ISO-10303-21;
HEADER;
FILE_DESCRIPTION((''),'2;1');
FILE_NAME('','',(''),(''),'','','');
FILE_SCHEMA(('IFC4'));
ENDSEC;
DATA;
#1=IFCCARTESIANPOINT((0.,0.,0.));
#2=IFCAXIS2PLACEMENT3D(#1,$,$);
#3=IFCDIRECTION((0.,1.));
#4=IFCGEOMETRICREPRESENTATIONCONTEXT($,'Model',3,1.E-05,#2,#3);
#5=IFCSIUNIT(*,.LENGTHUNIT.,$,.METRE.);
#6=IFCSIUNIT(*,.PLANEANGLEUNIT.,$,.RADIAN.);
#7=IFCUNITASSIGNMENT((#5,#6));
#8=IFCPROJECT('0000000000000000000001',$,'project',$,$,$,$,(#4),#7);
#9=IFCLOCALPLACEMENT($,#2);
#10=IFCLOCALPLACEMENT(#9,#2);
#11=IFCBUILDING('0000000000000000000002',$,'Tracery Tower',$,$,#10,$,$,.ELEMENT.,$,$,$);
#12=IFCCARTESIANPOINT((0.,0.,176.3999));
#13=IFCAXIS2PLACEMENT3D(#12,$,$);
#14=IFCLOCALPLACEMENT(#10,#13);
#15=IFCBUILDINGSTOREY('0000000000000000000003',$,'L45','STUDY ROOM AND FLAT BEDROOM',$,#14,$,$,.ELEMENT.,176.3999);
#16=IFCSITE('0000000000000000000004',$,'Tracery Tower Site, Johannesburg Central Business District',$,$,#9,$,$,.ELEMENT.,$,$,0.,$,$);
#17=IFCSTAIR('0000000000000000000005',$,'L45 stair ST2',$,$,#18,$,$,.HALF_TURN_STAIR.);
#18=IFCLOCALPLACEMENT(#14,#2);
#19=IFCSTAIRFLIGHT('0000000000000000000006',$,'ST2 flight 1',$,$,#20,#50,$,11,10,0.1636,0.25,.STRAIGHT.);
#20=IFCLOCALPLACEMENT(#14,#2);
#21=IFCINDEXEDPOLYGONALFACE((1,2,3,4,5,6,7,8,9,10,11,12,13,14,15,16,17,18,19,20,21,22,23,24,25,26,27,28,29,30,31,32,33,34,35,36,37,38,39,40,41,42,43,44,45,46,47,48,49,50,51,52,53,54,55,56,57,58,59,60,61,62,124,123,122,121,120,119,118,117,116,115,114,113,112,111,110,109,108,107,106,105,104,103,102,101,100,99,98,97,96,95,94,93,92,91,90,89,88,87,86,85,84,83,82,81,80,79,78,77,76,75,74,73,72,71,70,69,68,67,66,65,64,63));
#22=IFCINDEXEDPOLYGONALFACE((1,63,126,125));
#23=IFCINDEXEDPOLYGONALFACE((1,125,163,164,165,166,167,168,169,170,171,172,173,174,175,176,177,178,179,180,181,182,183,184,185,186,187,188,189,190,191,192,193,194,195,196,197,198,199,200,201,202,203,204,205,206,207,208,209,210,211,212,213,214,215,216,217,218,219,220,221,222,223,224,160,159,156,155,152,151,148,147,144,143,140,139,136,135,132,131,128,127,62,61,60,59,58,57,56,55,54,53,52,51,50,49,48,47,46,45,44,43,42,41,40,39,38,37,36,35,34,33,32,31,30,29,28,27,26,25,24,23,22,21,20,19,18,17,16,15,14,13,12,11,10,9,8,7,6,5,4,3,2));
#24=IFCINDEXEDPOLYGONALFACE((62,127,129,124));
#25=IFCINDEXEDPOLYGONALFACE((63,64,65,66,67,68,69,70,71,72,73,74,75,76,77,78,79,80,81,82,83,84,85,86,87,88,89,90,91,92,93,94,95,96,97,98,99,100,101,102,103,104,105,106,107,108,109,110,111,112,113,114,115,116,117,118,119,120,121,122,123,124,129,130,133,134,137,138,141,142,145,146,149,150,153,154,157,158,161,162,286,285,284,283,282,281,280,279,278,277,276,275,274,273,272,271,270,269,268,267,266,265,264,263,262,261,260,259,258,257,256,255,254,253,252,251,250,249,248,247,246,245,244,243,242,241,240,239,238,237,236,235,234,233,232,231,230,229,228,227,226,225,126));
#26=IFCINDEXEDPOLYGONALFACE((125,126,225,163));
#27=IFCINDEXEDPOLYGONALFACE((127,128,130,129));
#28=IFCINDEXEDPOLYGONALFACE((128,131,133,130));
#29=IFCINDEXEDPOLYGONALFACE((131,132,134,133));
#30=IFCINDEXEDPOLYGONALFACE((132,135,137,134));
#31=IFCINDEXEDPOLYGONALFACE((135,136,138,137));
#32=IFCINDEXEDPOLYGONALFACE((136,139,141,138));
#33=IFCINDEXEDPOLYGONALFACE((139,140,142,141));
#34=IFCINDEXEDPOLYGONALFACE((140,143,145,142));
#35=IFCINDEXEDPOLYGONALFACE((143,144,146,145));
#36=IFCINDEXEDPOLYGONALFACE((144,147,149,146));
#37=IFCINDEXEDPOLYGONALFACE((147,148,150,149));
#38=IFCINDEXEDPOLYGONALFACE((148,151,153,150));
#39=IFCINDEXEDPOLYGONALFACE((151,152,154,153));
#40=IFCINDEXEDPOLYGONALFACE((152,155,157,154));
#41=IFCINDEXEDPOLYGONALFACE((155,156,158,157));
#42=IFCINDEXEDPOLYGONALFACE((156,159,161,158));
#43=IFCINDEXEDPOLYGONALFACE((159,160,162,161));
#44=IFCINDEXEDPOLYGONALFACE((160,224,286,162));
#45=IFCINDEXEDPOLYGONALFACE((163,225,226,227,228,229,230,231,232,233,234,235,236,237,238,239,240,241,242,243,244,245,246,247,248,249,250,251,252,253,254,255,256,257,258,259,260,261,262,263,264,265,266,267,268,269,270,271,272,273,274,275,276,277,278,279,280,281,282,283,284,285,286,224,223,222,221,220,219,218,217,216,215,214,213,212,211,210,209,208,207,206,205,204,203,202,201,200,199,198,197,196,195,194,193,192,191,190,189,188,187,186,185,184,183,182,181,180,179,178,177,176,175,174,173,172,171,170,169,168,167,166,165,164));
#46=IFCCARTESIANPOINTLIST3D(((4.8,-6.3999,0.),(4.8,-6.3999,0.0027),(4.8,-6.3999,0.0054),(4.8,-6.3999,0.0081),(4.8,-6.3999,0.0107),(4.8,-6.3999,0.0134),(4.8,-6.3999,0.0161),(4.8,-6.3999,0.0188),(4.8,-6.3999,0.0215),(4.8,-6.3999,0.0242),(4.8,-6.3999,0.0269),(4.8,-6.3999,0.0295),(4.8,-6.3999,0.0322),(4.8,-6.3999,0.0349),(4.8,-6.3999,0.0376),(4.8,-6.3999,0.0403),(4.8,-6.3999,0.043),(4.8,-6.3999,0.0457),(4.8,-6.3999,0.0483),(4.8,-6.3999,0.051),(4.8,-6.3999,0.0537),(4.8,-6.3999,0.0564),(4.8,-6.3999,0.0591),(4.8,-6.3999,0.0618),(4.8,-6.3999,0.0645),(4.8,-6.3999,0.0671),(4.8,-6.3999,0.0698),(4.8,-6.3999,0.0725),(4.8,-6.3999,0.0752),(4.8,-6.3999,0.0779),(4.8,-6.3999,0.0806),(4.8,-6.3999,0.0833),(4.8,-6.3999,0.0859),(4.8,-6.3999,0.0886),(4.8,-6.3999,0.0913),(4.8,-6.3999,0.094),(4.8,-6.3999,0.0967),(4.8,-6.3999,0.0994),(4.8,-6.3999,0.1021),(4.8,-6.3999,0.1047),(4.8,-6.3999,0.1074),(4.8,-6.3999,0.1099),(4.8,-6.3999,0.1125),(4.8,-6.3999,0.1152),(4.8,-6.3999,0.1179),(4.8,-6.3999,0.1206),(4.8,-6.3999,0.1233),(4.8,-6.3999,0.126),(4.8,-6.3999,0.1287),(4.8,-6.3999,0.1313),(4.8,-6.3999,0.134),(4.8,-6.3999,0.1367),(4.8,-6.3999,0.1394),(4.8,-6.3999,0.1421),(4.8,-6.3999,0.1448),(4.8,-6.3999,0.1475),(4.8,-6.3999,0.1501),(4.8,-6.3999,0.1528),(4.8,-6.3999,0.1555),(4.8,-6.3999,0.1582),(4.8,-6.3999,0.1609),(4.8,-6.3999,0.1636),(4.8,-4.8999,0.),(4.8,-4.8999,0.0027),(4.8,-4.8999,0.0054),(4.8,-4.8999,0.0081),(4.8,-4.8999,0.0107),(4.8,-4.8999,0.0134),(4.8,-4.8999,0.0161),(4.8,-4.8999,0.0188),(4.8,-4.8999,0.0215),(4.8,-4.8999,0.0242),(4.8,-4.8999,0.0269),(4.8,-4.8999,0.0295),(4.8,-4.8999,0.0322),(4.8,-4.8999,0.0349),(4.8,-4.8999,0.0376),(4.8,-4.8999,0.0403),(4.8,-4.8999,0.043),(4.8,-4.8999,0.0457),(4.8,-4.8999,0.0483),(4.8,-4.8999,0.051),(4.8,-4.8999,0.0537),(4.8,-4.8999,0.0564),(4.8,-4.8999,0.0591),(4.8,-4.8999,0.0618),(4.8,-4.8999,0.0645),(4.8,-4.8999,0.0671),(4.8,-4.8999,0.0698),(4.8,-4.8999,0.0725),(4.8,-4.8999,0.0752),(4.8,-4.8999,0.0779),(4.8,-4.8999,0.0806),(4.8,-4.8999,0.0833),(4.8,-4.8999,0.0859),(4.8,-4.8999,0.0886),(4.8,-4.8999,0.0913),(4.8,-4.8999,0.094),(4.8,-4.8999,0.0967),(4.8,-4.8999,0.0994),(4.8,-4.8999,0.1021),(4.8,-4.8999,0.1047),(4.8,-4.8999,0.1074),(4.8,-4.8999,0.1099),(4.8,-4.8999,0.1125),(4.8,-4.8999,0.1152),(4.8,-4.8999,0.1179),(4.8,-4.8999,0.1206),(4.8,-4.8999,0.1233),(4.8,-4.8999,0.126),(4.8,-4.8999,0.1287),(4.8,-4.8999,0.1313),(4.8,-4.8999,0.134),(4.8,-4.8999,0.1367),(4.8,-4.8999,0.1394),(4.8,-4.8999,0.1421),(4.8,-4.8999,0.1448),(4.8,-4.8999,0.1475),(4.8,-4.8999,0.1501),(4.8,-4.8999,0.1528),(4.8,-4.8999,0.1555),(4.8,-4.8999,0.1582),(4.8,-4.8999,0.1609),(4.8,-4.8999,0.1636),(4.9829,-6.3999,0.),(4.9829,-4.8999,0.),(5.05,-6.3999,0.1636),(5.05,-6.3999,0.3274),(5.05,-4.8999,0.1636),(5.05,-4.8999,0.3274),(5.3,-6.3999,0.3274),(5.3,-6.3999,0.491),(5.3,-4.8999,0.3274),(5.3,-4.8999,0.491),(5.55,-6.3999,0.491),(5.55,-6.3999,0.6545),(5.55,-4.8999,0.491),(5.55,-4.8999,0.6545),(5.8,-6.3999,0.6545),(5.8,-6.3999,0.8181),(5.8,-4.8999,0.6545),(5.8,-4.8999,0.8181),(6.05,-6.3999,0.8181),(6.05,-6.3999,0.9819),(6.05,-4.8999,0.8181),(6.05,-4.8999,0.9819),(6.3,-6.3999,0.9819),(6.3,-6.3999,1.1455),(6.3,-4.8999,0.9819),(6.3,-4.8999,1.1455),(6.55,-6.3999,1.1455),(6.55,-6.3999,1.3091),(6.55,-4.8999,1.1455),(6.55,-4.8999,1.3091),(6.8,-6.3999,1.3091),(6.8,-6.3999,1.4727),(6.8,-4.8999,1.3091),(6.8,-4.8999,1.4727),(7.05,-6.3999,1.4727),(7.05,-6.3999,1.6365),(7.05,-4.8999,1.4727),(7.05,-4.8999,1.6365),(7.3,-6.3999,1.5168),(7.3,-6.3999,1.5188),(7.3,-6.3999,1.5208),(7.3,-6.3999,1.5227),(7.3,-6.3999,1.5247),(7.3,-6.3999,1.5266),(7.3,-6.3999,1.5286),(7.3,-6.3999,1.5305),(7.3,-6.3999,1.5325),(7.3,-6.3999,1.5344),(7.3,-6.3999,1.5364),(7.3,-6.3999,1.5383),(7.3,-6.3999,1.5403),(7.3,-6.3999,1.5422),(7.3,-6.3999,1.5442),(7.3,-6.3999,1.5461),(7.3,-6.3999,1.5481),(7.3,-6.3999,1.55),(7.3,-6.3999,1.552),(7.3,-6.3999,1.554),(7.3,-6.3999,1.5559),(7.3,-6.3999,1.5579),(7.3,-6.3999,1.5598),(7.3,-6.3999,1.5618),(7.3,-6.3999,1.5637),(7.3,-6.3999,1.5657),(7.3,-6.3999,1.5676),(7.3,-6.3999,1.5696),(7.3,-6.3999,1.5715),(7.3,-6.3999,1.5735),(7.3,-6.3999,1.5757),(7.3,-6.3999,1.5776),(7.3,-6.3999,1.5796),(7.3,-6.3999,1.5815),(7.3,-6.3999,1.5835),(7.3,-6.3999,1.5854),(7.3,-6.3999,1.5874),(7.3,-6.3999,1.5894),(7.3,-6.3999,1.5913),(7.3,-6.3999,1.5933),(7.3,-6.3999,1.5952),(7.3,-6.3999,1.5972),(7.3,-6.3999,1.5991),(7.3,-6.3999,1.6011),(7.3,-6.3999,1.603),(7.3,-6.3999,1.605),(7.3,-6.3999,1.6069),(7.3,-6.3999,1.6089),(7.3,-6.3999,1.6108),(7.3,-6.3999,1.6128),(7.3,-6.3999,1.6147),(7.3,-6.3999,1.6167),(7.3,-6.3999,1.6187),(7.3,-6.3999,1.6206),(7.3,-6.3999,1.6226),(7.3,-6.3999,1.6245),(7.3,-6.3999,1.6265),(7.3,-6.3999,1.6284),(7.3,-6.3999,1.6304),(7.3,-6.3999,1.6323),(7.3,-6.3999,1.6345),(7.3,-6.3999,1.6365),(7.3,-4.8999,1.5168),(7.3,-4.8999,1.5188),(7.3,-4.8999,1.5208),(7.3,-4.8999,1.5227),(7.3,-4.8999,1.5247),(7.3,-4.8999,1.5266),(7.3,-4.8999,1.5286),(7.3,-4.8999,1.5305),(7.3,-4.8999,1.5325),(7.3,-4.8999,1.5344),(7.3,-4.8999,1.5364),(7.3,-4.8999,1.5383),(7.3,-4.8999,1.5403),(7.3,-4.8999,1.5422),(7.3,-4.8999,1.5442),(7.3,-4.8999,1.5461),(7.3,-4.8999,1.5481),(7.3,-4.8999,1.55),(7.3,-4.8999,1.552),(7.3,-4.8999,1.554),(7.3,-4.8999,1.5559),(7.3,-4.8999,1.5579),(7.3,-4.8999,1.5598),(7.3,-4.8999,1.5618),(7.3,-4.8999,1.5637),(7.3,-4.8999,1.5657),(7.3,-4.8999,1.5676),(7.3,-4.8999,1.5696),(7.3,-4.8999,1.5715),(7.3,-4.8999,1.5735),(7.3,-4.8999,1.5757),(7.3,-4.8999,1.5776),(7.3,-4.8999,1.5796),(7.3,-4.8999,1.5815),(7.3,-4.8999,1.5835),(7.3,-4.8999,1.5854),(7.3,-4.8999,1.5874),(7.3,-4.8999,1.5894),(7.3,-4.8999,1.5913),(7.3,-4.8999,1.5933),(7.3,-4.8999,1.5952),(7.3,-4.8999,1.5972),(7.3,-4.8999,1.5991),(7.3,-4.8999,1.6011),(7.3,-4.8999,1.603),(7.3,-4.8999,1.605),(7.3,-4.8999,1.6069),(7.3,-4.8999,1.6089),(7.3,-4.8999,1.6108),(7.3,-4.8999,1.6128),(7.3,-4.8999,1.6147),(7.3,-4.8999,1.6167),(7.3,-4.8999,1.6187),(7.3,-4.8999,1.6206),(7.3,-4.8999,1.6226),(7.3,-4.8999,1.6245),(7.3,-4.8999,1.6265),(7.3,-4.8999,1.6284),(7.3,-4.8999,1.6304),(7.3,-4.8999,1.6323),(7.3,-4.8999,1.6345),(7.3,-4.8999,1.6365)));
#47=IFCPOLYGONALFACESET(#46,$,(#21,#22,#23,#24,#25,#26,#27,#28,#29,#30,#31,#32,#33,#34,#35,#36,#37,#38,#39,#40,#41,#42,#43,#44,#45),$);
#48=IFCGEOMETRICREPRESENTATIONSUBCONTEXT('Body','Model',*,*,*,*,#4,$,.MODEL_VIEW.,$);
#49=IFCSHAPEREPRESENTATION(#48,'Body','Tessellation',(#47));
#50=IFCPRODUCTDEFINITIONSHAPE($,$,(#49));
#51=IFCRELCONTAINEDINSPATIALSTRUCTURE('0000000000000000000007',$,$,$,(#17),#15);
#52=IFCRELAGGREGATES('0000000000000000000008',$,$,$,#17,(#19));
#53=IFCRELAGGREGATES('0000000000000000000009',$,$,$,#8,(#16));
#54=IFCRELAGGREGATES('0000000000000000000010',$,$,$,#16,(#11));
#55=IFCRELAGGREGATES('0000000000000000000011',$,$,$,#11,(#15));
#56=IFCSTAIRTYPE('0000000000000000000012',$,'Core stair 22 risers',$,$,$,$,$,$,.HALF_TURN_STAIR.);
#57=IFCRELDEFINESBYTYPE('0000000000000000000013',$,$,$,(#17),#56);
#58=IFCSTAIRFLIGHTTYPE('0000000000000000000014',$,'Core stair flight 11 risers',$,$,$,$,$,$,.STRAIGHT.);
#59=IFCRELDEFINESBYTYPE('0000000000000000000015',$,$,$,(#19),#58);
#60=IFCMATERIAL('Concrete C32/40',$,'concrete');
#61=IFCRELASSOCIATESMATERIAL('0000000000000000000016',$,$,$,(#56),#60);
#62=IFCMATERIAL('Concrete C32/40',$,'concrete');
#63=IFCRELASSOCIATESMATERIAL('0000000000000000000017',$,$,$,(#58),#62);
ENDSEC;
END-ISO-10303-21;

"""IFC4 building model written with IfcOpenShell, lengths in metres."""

from ifc_helpers import new_model, si_unit, direction, frame, origin, place, context, subcontext, project, spatial, polyline, outline, extrude, material, type_object, element, aggregate, save


model = new_model("IFC4")

# Units and contexts
model_context = context("Model", 3, precision=1e-05, world=origin(), true_north=direction((0.0, 1.0)))
body_context = subcontext(model_context, "Body", "Model", "MODEL_VIEW")
ifc_project = project(units=[si_unit("LENGTHUNIT", "METRE"), si_unit("PLANEANGLEUNIT", "RADIAN")], contexts=[model_context])

# Site, building, storey
site_placement = place(None, origin())
site = spatial("IfcSite", under=ifc_project, at=site_placement, Name="Tracery Tower Site, Johannesburg Central Business District", CompositionType="ELEMENT", RefElevation=0.0)
building_placement = place(site_placement, origin())
building = spatial("IfcBuilding", under=site, at=building_placement, Name="Tracery Tower", CompositionType="ELEMENT")
storey_placement = place(building_placement, frame((0.0, 0.0, 176.3999)))
storey = spatial("IfcBuildingStorey", under=building, at=storey_placement, Name="L45", Description="STUDY ROOM AND FLAT BEDROOM", CompositionType="ELEMENT", Elevation=176.3999)

# Shared definitions
ifc_material_1 = material(Name="Concrete C32/40", Category="concrete")
stair_type = type_object("IfcStairType", Name="Core stair 22 risers", PredefinedType="HALF_TURN_STAIR", material=ifc_material_1)

# Stair, stair flight
stair_1_placement = place(storey_placement, origin())
stair_1 = element("IfcStair", 1, at=stair_1_placement, inside=storey, type_object=stair_type, Name="L45 stair ST2", PredefinedType="HALF_TURN_STAIR")
ifc_material_2 = material(Name="Concrete C32/40", Category="concrete")
stair_flight_type = type_object("IfcStairFlightType", Name="Core stair flight 11 risers", PredefinedType="STRAIGHT", material=ifc_material_2)
stair_flight_1_placement = place(storey_placement, frame((4.8, -5.6499, 0.0), z_axis=(0.0, 0.0, 1.0), x_axis=(1.0, 0.0, 0.0)))
stair_flight_1 = element("IfcStairFlight", 2, at=stair_flight_1_placement, type_object=stair_flight_type, Name="ST2 flight 1", NumberOfRisers=11, NumberOfTreads=10, PredefinedType="STRAIGHT", RiserHeight=0.1636, TreadLength=0.25, context=body_context, shape_type="SweptSolid", body=[
    extrude(outline(polyline([(0.0, 0.0), (0.0, 0.0027), (0.0, 0.0054), (0.0, 0.0081), (0.0, 0.0107), (0.0, 0.0134), (0.0, 0.0161), (0.0, 0.0188), (0.0, 0.0215), (0.0, 0.0242), (0.0, 0.0269), (0.0, 0.0295), (0.0, 0.0322), (0.0, 0.0349), (0.0, 0.0376), (0.0, 0.0403), (0.0, 0.043), (0.0, 0.0457), (0.0, 0.0483), (0.0, 0.051), (0.0, 0.0537), (0.0, 0.0564), (0.0, 0.0591), (0.0, 0.0618), (0.0, 0.0645), (0.0, 0.0671), (0.0, 0.0698), (0.0, 0.0725), (0.0, 0.0752), (0.0, 0.0779), (0.0, 0.0806), (0.0, 0.0833), (0.0, 0.0859), (0.0, 0.0886), (0.0, 0.0913), (0.0, 0.094), (0.0, 0.0967), (0.0, 0.0994), (0.0, 0.1021), (0.0, 0.1047), (0.0, 0.1074), (0.0, 0.1099), (0.0, 0.1125), (0.0, 0.1152), (0.0, 0.1179), (0.0, 0.1206), (0.0, 0.1233), (0.0, 0.126), (0.0, 0.1287), (0.0, 0.1313), (0.0, 0.134), (0.0, 0.1367), (0.0, 0.1394), (0.0, 0.1421), (0.0, 0.1448), (0.0, 0.1475), (0.0, 0.1501), (0.0, 0.1528), (0.0, 0.1555), (0.0, 0.1582), (0.0, 0.1609), (0.0, 0.1636), (0.25, 0.1636), (0.25, 0.3274), (0.5, 0.3274), (0.5, 0.491), (0.75, 0.491), (0.75, 0.6545), (1.0, 0.6545), (1.0, 0.8181), (1.25, 0.8181), (1.25, 0.9819), (1.5, 0.9819), (1.5, 1.1455), (1.75, 1.1455), (1.75, 1.3091), (2.0, 1.3091), (2.0, 1.4727), (2.25, 1.4727), (2.25, 1.6365), (2.5, 1.6365), (2.5, 1.6345), (2.5, 1.6323), (2.5, 1.6304), (2.5, 1.6284), (2.5, 1.6265), (2.5, 1.6245), (2.5, 1.6226), (2.5, 1.6206), (2.5, 1.6187), (2.5, 1.6167), (2.5, 1.6147), (2.5, 1.6128), (2.5, 1.6108), (2.5, 1.6089), (2.5, 1.6069), (2.5, 1.605), (2.5, 1.603), (2.5, 1.6011), (2.5, 1.5991), (2.5, 1.5972), (2.5, 1.5952), (2.5, 1.5933), (2.5, 1.5913), (2.5, 1.5894), (2.5, 1.5874), (2.5, 1.5854), (2.5, 1.5835), (2.5, 1.5815), (2.5, 1.5796), (2.5, 1.5776), (2.5, 1.5757), (2.5, 1.5735), (2.5, 1.5715), (2.5, 1.5696), (2.5, 1.5676), (2.5, 1.5657), (2.5, 1.5637), (2.5, 1.5618), (2.5, 1.5598), (2.5, 1.5579), (2.5, 1.5559), (2.5, 1.554), (2.5, 1.552), (2.5, 1.55), (2.5, 1.5481), (2.5, 1.5461), (2.5, 1.5442), (2.5, 1.5422), (2.5, 1.5403), (2.5, 1.5383), (2.5, 1.5364), (2.5, 1.5344), (2.5, 1.5325), (2.5, 1.5305), (2.5, 1.5286), (2.5, 1.5266), (2.5, 1.5247), (2.5, 1.5227), (2.5, 1.5208), (2.5, 1.5188), (2.5, 1.5168), (0.1829, 0.0), (0.0, 0.0)])), frame((0.0, 0.75, 0.0), z_axis=(0.0, -1.0, 0.0), x_axis=(1.0, 0.0, 0.0)), (0.0, 0.0, 1.0), 1.5),
])
aggregate(stair_1, [stair_flight_1])

save(model, "model.ifc")
